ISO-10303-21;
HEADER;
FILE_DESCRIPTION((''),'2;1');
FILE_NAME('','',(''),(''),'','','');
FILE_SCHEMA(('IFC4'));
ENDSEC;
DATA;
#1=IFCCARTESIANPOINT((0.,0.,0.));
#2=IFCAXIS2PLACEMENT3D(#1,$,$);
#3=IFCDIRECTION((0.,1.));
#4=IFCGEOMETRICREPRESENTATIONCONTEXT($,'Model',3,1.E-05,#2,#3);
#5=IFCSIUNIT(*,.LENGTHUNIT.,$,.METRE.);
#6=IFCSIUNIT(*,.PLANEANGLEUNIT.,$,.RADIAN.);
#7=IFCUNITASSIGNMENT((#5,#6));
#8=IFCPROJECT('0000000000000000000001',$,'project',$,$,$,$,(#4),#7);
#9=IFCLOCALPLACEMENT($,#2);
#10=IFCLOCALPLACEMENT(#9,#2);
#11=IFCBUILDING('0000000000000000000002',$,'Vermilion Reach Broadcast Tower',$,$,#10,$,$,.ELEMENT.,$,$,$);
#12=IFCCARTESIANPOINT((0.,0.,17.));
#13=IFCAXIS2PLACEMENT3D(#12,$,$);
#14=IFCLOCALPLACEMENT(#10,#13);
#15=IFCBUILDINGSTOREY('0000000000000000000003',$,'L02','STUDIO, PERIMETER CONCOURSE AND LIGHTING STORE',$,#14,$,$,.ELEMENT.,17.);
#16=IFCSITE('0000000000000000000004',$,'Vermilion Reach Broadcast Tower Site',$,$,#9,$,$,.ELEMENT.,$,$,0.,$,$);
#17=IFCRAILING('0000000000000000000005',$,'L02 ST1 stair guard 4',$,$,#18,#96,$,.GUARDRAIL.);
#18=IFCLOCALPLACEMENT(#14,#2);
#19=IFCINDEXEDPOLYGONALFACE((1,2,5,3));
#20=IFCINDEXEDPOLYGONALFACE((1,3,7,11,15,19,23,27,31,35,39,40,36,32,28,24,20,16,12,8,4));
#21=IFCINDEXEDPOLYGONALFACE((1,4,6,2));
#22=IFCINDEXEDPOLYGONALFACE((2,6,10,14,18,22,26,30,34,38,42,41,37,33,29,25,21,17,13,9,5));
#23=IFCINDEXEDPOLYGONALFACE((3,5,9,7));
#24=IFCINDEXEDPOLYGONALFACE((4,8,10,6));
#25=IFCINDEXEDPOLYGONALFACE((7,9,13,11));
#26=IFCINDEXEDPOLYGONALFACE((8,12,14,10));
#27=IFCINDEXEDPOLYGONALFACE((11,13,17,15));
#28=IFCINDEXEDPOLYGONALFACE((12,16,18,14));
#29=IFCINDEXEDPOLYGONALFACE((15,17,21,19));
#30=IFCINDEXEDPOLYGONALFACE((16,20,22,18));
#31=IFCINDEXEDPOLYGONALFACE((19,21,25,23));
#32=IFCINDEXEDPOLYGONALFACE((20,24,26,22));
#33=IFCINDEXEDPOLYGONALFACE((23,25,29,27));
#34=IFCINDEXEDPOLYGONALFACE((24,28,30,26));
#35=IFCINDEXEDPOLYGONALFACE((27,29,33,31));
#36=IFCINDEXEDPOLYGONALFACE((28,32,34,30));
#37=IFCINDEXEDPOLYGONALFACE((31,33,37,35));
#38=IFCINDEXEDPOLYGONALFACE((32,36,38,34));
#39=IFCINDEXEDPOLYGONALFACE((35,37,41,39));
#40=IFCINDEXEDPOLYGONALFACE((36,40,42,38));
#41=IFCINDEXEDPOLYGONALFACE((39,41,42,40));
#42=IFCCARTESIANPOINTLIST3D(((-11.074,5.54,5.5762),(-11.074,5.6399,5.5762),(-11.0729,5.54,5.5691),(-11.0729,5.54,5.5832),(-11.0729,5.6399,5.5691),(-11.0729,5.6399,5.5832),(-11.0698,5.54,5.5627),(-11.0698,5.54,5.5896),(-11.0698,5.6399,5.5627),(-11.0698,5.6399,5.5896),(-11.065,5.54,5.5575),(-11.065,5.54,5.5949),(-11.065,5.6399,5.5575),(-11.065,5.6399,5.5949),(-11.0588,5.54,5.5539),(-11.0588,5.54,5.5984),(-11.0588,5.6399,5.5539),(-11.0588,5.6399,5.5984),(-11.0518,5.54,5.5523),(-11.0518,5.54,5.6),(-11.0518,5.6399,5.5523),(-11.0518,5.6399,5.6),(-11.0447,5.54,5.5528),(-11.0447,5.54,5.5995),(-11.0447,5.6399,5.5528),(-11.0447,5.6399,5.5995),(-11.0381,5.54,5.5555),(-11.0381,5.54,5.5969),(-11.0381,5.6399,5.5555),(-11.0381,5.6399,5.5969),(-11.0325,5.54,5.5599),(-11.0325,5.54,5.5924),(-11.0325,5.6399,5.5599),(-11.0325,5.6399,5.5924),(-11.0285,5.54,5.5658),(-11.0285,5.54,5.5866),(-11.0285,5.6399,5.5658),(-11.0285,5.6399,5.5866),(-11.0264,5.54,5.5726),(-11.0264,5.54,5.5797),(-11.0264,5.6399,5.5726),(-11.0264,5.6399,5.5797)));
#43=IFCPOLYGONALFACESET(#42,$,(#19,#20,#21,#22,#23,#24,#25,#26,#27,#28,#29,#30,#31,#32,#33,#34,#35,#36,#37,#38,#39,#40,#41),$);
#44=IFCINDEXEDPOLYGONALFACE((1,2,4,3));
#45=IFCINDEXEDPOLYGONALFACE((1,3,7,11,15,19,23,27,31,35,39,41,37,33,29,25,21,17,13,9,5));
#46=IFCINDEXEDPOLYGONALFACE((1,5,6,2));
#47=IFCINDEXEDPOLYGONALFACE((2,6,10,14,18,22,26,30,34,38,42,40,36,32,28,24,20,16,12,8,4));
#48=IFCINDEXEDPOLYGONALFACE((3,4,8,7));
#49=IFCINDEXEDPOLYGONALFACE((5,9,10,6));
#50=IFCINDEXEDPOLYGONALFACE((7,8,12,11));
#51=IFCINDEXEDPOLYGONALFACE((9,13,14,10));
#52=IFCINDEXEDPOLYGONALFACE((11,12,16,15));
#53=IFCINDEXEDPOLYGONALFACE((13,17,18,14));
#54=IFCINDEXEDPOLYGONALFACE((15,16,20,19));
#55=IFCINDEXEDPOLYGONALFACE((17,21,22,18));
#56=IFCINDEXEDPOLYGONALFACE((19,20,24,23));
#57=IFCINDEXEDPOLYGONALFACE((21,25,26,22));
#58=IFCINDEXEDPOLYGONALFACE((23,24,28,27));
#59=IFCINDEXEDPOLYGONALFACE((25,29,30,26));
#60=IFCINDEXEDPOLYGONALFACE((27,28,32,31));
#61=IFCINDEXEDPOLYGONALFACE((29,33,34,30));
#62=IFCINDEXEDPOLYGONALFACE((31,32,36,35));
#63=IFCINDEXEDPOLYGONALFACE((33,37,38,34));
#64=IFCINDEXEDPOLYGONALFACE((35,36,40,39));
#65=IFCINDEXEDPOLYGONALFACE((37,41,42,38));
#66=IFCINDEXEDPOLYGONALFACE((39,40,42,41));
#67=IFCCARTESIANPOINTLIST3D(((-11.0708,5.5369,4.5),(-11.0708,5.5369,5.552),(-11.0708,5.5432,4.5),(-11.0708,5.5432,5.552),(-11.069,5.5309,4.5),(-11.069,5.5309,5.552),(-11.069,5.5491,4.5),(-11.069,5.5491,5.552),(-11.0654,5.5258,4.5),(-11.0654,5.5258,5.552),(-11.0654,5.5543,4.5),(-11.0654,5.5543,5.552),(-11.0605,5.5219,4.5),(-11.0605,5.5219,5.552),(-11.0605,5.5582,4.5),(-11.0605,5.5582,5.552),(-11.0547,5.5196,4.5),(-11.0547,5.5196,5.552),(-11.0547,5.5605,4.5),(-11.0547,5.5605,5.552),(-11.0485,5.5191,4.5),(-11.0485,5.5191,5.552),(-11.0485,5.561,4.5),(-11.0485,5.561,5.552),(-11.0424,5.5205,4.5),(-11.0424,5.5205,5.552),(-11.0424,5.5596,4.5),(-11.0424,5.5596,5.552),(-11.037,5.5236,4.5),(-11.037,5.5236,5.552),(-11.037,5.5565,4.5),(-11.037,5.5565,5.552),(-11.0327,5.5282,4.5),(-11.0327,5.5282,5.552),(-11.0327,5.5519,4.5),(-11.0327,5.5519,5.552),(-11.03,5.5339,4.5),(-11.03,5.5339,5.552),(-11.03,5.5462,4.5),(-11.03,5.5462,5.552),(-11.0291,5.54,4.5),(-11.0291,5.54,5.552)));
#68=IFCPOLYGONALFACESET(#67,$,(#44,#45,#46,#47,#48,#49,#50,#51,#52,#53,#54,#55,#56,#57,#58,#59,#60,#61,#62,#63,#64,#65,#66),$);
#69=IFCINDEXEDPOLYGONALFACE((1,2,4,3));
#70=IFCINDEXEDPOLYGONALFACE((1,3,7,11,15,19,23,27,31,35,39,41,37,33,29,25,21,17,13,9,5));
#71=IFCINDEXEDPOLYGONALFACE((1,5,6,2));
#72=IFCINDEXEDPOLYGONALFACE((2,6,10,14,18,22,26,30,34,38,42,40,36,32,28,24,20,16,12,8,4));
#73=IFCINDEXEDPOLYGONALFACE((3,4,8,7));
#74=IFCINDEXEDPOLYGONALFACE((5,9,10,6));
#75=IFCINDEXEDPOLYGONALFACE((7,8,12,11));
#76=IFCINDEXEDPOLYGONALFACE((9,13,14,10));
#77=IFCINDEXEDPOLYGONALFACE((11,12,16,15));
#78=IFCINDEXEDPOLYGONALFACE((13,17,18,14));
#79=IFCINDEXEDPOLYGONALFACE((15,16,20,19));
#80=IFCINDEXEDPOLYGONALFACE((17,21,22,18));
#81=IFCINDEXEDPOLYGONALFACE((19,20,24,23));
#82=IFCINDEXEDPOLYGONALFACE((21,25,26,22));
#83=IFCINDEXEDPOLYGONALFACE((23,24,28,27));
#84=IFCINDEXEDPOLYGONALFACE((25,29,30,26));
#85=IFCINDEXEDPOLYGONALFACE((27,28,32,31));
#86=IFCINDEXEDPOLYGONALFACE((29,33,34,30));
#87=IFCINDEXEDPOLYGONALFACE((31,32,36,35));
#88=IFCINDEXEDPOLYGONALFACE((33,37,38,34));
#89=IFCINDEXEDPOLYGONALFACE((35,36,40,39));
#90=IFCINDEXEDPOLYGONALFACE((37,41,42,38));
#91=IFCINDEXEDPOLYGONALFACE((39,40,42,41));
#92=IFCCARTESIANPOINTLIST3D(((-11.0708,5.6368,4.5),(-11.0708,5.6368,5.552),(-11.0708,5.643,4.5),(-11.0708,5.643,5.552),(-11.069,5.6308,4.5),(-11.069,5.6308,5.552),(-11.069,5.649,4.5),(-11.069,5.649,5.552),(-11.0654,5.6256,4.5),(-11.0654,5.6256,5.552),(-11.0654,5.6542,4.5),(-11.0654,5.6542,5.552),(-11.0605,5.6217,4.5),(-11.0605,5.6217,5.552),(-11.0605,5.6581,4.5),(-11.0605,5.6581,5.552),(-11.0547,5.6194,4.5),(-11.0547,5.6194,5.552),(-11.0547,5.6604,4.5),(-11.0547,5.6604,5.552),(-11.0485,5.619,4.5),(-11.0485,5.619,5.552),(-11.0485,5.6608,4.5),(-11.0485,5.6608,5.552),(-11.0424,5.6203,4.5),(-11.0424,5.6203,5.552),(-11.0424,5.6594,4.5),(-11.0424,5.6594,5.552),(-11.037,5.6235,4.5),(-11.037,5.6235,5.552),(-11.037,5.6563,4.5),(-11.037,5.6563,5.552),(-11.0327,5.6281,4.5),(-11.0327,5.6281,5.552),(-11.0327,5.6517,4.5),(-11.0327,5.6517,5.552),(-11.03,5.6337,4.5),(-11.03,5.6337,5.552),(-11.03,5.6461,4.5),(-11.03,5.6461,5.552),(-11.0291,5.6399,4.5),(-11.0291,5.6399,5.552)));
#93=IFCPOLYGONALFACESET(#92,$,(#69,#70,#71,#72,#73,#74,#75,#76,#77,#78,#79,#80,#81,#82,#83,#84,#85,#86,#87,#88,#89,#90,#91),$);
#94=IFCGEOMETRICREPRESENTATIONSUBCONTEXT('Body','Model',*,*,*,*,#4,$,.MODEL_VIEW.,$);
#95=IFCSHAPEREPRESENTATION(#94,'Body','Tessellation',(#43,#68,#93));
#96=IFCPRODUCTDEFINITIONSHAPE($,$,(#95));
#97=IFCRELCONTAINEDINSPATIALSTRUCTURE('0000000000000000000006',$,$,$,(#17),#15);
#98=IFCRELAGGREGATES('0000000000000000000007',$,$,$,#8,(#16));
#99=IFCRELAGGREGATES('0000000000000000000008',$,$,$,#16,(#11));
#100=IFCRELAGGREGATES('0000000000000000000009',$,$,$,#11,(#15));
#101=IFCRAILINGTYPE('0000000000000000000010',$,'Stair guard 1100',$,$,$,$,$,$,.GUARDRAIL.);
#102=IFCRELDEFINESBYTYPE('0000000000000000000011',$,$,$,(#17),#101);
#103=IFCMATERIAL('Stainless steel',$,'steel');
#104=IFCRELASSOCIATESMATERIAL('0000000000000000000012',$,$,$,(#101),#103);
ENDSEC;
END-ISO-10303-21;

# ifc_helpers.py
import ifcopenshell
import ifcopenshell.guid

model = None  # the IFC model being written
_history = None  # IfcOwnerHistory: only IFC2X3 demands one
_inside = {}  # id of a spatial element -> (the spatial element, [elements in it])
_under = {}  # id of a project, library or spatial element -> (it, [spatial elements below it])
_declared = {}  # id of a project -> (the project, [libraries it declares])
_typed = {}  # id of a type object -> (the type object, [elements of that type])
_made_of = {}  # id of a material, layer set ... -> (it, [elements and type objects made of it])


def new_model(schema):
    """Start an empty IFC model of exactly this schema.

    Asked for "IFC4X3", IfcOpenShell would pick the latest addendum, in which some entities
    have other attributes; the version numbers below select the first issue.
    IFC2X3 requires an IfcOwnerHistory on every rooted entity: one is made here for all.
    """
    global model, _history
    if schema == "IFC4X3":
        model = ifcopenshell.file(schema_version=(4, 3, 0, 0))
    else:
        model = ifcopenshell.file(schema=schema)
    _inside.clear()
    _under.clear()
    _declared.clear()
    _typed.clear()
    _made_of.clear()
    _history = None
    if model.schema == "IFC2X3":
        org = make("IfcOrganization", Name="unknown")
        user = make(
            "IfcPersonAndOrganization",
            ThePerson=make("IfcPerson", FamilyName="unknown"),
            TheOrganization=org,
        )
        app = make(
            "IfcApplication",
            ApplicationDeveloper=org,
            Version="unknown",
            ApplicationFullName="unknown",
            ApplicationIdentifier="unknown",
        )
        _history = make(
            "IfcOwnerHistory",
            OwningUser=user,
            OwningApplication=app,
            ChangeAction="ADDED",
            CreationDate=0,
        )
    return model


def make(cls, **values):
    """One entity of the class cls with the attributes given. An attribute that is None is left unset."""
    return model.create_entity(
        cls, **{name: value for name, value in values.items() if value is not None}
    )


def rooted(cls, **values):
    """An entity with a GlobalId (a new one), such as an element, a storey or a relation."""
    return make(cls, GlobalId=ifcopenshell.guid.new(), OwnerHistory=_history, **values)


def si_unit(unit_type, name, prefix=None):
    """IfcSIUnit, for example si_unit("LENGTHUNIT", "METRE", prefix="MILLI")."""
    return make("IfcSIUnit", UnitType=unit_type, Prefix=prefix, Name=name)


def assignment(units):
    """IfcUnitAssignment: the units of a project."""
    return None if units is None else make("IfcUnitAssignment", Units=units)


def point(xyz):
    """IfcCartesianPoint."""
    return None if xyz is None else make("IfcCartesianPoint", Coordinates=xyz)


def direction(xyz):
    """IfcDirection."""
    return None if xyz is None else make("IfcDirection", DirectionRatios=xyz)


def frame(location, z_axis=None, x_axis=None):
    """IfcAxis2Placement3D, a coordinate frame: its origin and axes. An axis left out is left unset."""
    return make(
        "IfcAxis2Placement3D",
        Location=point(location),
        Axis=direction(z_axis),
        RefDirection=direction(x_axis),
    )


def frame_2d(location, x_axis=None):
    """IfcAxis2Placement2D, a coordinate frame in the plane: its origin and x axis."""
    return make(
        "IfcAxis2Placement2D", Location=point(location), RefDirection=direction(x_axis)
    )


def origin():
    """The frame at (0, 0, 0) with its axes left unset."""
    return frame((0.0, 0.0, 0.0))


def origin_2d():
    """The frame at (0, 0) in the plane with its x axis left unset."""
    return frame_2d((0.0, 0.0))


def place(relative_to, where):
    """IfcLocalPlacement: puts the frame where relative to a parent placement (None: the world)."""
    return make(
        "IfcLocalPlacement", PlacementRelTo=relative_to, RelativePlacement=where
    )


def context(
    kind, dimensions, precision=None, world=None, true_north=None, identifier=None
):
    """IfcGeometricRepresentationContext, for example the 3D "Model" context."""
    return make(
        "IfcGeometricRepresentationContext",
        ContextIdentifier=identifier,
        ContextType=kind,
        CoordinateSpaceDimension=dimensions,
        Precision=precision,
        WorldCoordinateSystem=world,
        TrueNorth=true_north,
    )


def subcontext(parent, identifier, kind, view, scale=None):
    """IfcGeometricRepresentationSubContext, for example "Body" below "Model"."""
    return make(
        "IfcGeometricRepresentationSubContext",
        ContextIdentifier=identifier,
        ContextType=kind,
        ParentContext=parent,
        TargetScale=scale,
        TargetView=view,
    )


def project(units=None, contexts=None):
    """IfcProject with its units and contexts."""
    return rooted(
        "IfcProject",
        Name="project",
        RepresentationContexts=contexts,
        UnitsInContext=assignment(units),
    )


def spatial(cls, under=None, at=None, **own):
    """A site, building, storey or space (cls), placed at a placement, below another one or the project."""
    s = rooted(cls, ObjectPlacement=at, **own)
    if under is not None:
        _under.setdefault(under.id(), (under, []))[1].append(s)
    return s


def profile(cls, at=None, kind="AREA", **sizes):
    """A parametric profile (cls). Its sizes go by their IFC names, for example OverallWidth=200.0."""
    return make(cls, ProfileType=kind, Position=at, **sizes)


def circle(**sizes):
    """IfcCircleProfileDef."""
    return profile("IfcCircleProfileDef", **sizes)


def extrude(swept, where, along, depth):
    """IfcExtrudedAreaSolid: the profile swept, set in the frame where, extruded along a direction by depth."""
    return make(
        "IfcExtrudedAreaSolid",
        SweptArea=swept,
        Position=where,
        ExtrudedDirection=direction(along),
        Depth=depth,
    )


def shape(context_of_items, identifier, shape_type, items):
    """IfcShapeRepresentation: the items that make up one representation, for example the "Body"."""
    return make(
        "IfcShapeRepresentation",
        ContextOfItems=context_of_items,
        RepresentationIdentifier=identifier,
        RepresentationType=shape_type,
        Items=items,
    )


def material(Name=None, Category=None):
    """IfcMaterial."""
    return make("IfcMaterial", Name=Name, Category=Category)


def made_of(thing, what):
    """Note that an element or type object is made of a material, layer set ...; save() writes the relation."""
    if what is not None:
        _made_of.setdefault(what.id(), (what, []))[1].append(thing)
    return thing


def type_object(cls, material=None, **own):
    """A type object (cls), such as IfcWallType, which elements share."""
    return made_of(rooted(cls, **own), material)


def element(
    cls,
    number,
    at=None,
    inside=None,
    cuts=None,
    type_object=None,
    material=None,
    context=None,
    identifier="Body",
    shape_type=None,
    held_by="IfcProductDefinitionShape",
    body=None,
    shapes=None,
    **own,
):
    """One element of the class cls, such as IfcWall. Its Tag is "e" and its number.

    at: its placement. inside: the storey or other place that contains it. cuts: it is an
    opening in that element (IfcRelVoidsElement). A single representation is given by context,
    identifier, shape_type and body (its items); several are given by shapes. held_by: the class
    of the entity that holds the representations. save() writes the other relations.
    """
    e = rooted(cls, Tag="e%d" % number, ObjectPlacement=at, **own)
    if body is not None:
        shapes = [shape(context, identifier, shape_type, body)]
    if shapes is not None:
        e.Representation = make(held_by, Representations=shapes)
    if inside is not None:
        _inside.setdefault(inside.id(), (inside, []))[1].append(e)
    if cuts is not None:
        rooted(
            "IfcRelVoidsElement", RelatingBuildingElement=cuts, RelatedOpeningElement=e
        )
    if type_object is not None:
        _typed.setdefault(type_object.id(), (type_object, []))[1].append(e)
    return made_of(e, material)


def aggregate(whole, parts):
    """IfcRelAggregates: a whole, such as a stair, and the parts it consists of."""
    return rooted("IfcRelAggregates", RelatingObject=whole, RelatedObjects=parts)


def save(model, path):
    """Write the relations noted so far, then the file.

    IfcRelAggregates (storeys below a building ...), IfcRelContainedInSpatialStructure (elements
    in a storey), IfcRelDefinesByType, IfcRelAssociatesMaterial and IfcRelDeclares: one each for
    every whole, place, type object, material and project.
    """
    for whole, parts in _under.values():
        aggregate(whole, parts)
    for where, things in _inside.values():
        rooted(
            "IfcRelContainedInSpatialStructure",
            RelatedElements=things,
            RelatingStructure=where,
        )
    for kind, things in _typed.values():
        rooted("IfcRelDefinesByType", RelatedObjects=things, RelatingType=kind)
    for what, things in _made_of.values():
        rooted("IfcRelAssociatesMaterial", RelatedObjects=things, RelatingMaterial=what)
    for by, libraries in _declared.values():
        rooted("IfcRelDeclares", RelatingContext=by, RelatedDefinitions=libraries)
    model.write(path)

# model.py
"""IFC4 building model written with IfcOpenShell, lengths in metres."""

from ifc_helpers import new_model, si_unit, direction, frame, origin, origin_2d, place, context, subcontext, project, spatial, circle, extrude, material, type_object, element, save


model = new_model("IFC4")

# Units and contexts
model_context = context("Model", 3, precision=1e-05, world=origin(), true_north=direction((0.0, 1.0)))
body_context = subcontext(model_context, "Body", "Model", "MODEL_VIEW")
ifc_project = project(units=[si_unit("LENGTHUNIT", "METRE"), si_unit("PLANEANGLEUNIT", "RADIAN")], contexts=[model_context])

# Site, building, storey
site_placement = place(None, origin())
site = spatial("IfcSite", under=ifc_project, at=site_placement, Name="Vermilion Reach Broadcast Tower Site", CompositionType="ELEMENT", RefElevation=0.0)
building_placement = place(site_placement, origin())
building = spatial("IfcBuilding", under=site, at=building_placement, Name="Vermilion Reach Broadcast Tower", CompositionType="ELEMENT")
storey_placement = place(building_placement, frame((0.0, 0.0, 17.0)))
storey = spatial("IfcBuildingStorey", under=building, at=storey_placement, Name="L02", Description="STUDIO, PERIMETER CONCOURSE AND LIGHTING STORE", CompositionType="ELEMENT", Elevation=17.0)

# Railing
ifc_material_1 = material(Name="Stainless steel", Category="steel")
railing_type_1 = type_object("IfcRailingType", Name="Stair guard 1100", PredefinedType="GUARDRAIL", material=ifc_material_1)
railing_1_placement = place(storey_placement, frame((-11.05, 5.54, 4.5)))
element("IfcRailing", 1, at=railing_1_placement, inside=storey, type_object=railing_type_1, Name="L02 ST1 stair guard 4", PredefinedType="GUARDRAIL", context=body_context, shape_type="SweptSolid", body=[
    extrude(circle(Radius=0.0239, at=origin_2d()), frame((0.0, 0.0, 1.0762), z_axis=(0.0, 1.0, 0.0), x_axis=(-1.0, 0.0, 0.0)), (0.0, 0.0, 1.0), 0.0999),
    extrude(circle(Radius=0.021, at=origin_2d()), origin(), (0.0, 0.0, 1.0), 1.052),
    extrude(circle(Radius=0.021, at=origin_2d()), frame((0.0, 0.0999, 0.0)), (0.0, 0.0, 1.0), 1.052),
])

save(model, "model.ifc")
